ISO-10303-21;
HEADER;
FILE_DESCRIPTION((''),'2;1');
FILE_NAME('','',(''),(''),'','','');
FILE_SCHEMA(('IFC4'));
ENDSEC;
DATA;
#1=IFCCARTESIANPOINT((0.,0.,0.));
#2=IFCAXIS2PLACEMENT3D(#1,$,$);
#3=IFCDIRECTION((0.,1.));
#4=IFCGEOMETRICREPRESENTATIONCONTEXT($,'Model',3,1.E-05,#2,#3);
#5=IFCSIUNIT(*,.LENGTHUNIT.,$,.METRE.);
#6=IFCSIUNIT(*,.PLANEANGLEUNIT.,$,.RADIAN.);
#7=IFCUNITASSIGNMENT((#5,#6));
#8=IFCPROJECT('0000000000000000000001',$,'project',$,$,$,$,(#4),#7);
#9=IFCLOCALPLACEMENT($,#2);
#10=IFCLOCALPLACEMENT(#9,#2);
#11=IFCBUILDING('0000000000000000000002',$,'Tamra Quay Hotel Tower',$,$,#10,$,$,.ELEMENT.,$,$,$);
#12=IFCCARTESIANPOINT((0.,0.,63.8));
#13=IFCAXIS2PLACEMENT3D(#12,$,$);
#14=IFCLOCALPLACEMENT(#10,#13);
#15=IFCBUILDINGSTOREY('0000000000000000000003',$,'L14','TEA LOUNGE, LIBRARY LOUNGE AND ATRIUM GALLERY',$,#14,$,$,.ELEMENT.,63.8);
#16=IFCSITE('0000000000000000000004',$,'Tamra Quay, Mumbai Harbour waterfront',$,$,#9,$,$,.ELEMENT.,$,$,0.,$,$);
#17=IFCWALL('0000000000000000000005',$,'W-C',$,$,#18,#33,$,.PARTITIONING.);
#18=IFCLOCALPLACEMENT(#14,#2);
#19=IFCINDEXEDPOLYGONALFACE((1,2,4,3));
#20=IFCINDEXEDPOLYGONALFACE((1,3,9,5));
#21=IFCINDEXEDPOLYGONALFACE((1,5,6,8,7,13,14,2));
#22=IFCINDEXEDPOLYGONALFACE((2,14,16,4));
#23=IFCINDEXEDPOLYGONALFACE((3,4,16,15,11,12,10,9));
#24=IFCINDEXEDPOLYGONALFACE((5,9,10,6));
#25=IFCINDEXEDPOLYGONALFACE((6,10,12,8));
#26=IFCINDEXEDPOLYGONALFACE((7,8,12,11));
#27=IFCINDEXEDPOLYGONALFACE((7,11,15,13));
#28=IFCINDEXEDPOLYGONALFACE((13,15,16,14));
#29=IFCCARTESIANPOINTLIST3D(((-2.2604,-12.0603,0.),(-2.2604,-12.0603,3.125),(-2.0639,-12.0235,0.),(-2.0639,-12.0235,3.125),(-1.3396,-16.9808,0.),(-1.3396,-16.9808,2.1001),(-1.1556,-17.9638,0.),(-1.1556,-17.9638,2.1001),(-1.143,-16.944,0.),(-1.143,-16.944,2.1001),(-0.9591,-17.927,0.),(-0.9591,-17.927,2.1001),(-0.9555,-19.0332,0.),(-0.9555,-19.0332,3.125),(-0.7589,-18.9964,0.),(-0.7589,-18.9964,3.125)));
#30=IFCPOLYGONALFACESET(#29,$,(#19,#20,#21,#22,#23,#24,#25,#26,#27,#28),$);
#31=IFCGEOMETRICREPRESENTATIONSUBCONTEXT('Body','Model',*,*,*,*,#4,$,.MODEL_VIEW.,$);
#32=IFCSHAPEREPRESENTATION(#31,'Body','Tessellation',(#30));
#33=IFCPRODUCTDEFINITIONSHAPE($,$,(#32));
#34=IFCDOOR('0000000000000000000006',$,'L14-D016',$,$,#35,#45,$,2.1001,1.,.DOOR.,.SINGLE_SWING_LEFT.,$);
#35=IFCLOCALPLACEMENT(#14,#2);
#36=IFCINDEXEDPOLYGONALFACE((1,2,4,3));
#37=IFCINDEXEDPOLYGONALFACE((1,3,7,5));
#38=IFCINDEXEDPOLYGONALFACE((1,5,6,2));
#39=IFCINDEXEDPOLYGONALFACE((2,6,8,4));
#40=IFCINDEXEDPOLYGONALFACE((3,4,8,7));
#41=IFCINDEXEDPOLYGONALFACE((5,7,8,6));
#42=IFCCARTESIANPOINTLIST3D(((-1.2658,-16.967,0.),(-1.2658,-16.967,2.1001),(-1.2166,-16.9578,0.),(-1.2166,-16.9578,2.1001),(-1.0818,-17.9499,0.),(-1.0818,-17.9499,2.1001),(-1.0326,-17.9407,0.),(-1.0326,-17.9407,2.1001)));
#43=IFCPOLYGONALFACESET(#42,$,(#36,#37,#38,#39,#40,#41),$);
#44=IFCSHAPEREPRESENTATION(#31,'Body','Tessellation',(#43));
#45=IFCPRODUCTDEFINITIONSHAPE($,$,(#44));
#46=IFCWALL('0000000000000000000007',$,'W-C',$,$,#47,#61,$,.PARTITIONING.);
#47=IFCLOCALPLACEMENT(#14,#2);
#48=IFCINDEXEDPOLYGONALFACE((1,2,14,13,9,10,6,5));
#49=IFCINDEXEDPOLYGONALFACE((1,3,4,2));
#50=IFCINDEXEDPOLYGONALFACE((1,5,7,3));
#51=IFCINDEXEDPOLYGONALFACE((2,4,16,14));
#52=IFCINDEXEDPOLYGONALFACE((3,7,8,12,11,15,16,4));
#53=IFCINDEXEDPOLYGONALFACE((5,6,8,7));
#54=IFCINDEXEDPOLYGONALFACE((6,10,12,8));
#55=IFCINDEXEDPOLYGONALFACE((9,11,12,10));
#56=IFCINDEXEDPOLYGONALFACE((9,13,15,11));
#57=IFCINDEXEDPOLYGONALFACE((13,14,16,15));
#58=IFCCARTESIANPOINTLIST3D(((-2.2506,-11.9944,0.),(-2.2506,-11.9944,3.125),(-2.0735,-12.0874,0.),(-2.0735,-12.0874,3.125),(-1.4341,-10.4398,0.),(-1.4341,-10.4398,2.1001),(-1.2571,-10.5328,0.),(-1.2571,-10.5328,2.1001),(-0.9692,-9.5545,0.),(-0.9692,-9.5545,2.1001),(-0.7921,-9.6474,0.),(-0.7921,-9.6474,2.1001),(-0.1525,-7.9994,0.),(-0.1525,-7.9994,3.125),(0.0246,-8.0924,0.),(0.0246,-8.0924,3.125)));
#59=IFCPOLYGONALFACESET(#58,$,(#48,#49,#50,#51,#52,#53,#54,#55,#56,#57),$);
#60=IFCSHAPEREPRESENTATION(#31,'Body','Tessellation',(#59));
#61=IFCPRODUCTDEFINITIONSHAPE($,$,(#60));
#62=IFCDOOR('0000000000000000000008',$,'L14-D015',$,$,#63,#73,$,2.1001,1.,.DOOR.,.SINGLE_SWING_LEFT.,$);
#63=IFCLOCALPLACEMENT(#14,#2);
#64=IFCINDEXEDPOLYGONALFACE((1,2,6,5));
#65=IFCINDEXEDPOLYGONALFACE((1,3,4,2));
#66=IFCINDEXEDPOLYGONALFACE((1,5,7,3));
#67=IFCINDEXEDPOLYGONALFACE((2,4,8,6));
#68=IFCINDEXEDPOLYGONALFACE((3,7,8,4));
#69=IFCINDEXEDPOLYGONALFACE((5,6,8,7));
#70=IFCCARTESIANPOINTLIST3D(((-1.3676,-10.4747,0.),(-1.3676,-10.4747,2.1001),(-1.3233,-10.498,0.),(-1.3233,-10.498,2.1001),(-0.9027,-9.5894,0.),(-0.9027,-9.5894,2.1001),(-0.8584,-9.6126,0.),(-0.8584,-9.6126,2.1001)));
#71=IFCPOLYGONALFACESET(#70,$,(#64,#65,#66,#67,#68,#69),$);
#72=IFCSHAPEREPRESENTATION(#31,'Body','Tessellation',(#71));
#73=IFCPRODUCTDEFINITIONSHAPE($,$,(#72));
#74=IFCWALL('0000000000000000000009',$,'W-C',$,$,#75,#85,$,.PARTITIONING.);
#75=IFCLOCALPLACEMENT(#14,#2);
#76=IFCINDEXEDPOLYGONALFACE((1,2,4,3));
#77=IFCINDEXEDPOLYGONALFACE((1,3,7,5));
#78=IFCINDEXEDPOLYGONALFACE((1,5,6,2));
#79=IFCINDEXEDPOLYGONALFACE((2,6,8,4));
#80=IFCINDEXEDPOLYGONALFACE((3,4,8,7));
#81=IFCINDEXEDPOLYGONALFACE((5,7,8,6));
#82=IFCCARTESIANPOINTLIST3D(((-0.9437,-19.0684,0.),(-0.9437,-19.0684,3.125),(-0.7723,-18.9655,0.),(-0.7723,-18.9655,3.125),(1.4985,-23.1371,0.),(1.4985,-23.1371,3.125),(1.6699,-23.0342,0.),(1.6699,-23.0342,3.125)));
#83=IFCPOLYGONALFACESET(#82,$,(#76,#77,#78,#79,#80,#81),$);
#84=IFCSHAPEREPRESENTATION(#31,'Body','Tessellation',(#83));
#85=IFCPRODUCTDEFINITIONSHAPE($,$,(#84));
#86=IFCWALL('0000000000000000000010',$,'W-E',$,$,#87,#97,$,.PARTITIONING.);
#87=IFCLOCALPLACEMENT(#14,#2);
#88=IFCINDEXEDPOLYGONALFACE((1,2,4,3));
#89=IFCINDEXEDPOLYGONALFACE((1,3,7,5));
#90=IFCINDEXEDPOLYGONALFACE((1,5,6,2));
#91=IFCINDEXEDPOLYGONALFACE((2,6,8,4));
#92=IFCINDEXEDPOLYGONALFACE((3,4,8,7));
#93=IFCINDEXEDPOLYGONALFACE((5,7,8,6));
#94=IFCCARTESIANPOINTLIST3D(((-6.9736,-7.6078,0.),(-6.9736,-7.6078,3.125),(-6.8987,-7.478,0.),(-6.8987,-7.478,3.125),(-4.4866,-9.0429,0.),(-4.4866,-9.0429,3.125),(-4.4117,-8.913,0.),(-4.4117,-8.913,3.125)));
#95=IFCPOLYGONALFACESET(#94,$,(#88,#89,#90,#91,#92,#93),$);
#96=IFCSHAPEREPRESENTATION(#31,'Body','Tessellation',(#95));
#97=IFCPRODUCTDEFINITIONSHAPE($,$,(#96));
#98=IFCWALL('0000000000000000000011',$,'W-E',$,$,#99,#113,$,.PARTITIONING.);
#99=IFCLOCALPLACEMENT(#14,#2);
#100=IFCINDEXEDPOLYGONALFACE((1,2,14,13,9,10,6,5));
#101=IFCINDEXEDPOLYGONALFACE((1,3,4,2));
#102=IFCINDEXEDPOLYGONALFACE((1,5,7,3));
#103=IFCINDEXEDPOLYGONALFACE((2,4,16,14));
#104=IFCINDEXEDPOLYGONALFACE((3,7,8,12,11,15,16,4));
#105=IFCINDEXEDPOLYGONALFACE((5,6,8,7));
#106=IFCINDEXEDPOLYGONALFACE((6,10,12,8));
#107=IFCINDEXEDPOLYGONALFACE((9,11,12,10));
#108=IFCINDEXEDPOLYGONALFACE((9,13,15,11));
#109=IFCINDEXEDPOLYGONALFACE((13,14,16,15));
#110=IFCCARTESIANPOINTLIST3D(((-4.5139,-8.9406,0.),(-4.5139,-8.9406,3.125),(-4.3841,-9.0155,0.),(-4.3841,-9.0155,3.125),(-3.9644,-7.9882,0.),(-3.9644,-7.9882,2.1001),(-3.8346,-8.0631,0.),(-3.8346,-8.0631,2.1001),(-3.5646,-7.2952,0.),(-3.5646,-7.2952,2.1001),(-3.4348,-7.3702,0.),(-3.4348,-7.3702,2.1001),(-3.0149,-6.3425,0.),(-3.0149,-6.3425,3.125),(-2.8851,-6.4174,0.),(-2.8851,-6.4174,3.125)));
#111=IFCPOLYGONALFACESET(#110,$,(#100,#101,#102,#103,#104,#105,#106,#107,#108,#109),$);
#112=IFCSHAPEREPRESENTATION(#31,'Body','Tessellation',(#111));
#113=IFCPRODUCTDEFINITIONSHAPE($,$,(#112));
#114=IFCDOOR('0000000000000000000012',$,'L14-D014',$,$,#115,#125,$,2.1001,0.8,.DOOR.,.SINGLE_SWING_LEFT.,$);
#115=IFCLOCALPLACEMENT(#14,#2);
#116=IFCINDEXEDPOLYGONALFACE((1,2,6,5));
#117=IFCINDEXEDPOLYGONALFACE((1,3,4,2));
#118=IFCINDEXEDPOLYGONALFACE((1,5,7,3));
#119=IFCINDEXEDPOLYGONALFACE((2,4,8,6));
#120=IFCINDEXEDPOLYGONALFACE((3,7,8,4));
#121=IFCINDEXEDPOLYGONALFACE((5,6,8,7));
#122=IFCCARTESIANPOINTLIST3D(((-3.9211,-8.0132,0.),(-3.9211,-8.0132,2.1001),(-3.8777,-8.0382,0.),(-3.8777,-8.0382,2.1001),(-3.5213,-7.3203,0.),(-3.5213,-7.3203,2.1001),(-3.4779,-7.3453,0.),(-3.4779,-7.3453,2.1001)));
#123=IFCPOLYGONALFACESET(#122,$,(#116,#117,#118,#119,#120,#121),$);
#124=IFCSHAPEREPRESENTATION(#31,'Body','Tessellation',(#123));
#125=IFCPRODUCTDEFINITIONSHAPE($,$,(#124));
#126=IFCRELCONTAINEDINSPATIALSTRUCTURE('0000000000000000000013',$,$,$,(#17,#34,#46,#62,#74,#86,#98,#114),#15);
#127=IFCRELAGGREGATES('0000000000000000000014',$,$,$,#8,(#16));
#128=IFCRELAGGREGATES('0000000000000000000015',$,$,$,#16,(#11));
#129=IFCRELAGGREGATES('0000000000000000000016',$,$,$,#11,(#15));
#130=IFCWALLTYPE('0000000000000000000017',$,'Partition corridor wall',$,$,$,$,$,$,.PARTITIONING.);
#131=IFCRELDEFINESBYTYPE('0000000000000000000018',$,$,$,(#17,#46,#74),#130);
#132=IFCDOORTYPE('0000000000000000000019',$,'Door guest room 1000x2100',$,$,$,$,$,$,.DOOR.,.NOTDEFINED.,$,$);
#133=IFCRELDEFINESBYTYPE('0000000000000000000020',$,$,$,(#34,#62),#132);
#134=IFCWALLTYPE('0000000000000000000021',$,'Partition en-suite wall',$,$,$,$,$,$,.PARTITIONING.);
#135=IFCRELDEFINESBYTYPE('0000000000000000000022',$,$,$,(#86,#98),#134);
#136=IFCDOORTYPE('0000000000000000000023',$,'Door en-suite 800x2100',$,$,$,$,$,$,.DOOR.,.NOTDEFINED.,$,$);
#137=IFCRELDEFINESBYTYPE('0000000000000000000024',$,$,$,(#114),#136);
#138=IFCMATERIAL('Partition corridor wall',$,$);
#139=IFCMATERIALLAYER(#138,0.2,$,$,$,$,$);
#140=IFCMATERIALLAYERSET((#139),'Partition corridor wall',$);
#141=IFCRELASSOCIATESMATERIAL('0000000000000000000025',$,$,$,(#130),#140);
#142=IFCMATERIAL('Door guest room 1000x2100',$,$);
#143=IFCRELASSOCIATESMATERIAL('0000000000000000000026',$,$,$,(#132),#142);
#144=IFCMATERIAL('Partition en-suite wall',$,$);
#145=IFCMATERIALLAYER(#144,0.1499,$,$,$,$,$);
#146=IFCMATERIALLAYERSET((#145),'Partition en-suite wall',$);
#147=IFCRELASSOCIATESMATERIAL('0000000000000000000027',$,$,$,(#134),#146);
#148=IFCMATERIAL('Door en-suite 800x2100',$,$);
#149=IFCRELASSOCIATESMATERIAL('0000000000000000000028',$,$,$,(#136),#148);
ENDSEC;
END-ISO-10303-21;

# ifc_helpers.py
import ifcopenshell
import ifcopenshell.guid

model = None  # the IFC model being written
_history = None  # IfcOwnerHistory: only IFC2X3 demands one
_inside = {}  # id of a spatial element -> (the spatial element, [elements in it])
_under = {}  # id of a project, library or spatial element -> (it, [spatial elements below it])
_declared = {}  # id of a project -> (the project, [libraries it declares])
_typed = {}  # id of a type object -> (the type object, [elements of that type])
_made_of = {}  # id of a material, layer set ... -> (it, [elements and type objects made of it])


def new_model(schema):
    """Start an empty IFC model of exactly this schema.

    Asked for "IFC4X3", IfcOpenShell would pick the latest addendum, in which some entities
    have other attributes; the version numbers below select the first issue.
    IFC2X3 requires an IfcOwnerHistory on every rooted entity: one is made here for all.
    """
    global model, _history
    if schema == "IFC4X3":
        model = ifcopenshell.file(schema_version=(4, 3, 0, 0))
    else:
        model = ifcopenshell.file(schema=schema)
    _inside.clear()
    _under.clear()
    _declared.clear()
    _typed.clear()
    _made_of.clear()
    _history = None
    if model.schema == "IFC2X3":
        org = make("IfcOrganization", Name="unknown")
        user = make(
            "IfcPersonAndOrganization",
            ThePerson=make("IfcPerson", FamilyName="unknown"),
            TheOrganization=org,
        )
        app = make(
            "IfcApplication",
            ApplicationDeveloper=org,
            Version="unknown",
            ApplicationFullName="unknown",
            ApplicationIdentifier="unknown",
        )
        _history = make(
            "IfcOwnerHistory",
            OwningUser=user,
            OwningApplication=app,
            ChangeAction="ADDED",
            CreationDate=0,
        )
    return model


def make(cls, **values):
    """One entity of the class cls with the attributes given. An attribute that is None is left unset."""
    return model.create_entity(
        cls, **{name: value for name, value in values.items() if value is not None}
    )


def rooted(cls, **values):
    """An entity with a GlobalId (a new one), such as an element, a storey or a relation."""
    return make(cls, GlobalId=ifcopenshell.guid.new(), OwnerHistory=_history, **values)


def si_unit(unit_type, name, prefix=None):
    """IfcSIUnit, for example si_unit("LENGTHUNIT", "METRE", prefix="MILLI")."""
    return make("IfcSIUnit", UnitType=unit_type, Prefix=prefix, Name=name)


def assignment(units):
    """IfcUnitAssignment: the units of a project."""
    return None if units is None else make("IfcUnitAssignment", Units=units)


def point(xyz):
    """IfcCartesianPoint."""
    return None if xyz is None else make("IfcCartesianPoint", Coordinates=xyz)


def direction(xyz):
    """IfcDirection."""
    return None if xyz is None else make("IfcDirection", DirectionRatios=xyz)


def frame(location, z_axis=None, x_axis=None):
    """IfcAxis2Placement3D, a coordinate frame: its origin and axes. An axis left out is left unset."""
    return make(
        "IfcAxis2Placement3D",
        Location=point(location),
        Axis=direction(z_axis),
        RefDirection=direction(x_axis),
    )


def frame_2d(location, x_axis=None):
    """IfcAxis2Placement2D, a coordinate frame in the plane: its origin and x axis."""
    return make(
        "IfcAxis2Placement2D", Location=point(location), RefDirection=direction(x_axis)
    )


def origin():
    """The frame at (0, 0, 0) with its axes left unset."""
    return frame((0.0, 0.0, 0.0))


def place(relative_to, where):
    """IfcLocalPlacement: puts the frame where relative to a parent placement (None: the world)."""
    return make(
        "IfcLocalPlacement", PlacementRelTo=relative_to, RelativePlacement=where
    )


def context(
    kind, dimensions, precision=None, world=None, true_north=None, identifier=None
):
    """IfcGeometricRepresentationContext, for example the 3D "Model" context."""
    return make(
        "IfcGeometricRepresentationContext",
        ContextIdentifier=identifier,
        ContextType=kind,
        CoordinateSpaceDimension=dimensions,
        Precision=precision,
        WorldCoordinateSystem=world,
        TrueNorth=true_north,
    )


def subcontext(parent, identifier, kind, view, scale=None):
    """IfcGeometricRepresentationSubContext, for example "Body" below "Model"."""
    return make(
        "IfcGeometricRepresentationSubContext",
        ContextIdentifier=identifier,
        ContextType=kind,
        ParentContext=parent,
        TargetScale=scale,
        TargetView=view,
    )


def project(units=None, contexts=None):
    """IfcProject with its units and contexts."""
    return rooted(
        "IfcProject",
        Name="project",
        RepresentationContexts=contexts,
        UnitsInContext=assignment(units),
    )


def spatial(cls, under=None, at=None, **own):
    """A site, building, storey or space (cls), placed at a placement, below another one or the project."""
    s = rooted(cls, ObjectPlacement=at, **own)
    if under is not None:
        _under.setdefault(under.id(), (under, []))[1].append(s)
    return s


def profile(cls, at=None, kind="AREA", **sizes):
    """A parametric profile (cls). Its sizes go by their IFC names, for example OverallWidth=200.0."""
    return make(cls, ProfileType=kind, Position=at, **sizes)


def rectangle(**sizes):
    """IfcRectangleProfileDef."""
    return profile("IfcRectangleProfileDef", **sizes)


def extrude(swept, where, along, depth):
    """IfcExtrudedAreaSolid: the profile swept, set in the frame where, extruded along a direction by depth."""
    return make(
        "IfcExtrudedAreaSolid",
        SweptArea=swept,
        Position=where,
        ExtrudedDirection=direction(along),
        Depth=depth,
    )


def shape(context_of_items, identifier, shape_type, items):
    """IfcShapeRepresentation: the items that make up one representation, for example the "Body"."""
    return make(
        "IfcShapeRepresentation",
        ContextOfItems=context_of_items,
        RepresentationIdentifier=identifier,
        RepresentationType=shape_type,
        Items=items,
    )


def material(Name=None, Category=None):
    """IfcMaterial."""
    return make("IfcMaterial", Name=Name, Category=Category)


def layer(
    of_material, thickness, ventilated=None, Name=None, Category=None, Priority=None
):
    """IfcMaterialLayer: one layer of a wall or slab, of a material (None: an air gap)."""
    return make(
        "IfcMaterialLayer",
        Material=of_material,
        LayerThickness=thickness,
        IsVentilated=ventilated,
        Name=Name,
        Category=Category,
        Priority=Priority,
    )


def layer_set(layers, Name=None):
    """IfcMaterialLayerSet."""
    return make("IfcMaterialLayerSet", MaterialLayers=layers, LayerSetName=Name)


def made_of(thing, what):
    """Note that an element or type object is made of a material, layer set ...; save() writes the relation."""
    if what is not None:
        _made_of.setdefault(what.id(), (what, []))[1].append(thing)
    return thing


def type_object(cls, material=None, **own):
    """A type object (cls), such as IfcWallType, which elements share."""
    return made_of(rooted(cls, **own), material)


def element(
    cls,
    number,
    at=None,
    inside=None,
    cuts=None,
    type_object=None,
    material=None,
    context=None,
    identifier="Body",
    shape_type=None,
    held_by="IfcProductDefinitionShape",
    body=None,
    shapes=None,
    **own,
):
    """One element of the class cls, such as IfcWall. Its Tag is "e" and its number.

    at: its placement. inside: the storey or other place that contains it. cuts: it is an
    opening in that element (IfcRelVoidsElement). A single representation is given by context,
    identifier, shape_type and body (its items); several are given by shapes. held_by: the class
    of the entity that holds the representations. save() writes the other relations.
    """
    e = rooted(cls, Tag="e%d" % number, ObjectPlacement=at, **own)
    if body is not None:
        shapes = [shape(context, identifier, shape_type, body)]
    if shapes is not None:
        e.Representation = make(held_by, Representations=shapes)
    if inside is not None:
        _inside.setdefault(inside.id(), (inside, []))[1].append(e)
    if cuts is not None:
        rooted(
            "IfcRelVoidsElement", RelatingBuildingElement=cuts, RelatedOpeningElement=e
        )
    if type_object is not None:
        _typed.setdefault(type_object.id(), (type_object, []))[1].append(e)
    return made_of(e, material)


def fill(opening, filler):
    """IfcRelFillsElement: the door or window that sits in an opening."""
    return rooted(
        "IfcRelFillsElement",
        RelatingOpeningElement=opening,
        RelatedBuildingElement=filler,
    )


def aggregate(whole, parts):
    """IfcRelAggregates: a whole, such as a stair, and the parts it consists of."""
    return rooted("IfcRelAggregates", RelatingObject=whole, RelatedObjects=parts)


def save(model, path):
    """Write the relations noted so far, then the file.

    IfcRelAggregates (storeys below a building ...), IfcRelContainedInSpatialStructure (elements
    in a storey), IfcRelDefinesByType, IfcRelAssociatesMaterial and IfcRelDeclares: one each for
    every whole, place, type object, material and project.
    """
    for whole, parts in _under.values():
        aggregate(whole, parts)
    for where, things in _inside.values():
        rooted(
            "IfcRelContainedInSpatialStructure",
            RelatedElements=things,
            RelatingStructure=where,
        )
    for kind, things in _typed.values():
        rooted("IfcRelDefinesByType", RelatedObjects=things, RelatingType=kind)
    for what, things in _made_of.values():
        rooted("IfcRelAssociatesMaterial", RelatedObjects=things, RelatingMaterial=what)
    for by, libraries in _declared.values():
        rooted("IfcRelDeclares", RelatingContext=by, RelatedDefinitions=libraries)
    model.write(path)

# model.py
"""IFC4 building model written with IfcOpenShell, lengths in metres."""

from ifc_helpers import new_model, si_unit, direction, frame, frame_2d, origin, place, context, subcontext, project, spatial, rectangle, extrude, material, layer, layer_set, type_object, element, fill, save


model = new_model("IFC4")

# Units and contexts
model_context = context("Model", 3, precision=1e-05, world=origin(), true_north=direction((0.0, 1.0)))
body_context = subcontext(model_context, "Body", "Model", "MODEL_VIEW")
ifc_project = project(units=[si_unit("LENGTHUNIT", "METRE"), si_unit("PLANEANGLEUNIT", "RADIAN")], contexts=[model_context])

# Site, building, storey
site_placement = place(None, origin())
site = spatial("IfcSite", under=ifc_project, at=site_placement, Name="Tamra Quay, Mumbai Harbour waterfront", CompositionType="ELEMENT", RefElevation=0.0)
building_placement = place(site_placement, origin())
building = spatial("IfcBuilding", under=site, at=building_placement, Name="Tamra Quay Hotel Tower", CompositionType="ELEMENT")
storey_placement = place(building_placement, frame((0.0, 0.0, 63.8)))
storey = spatial("IfcBuildingStorey", under=building, at=storey_placement, Name="L14", Description="TEA LOUNGE, LIBRARY LOUNGE AND ATRIUM GALLERY", CompositionType="ELEMENT", Elevation=63.8)

# Walls, openings, doors
ifc_material_1 = material(Name="Partition corridor wall")
ifc_layer_1 = layer(ifc_material_1, 0.2)
ifc_layer_set_1 = layer_set([ifc_layer_1], Name="Partition corridor wall")
wall_type_1 = type_object("IfcWallType", Name="Partition corridor wall", PredefinedType="PARTITIONING", material=ifc_layer_set_1)
wall_1_placement = place(storey_placement, frame((-2.1621, -12.042, 0.0), z_axis=(0.0, 0.0, 1.0), x_axis=(0.18395, -0.982936, 0.0)))
wall_1 = element("IfcWall", 1, at=wall_1_placement, inside=storey, type_object=wall_type_1, Name="W-C", PredefinedType="PARTITIONING", context=body_context, shape_type="SweptSolid", body=[
    extrude(rectangle(XDim=7.094, YDim=0.2, at=frame_2d((3.5469, 0.0))), origin(), (0.0, 0.0, 1.0), 3.125),
])
opening_1_placement = place(wall_1_placement, frame((5.0059, 0.0, 0.0)))
opening_1 = element("IfcOpeningElement", 2, at=opening_1_placement, cuts=wall_1, PredefinedType="OPENING", context=body_context, shape_type="SweptSolid", body=[
    extrude(rectangle(XDim=1.0, YDim=2.1001, at=frame_2d((0.5, 1.05))), frame((0.0, 0.1099, 0.0), z_axis=(0.0, -1.0, 0.0), x_axis=(1.0, 0.0, 0.0)), (0.0, 0.0, 1.0), 0.22),
])
ifc_material_2 = material(Name="Door guest room 1000x2100")
door_type_1 = type_object("IfcDoorType", Name="Door guest room 1000x2100", OperationType="NOTDEFINED", PredefinedType="DOOR", material=ifc_material_2)
door_1_placement = place(opening_1_placement, frame((1.0, 0.0, 0.0), z_axis=(0.0, 0.0, 1.0), x_axis=(-1.0, 0.0, 0.0)))
door_1 = element("IfcDoor", 3, at=door_1_placement, inside=storey, type_object=door_type_1, Name="L14-D016", OperationType="SINGLE_SWING_LEFT", OverallHeight=2.1001, OverallWidth=1.0, PredefinedType="DOOR", context=body_context, shape_type="SweptSolid", body=[
    extrude(rectangle(XDim=1.0, YDim=2.1001, at=frame_2d((0.5, 1.05))), frame((0.0, 0.0249, 0.0), z_axis=(0.0, -1.0, 0.0), x_axis=(1.0, 0.0, 0.0)), (0.0, 0.0, 1.0), 0.05),
])
fill(opening_1, door_1)
wall_2_placement = place(storey_placement, frame((-2.1621, -12.041, 0.0), z_axis=(0.0, 0.0, 1.0), x_axis=(0.464957, 0.885333, 0.0)))
wall_2 = element("IfcWall", 4, at=wall_2_placement, inside=storey, type_object=wall_type_1, Name="W-C", PredefinedType="PARTITIONING", context=body_context, shape_type="SweptSolid", body=[
    extrude(rectangle(XDim=4.5125, YDim=0.2, at=frame_2d((2.2563, 0.0))), origin(), (0.0, 0.0, 1.0), 3.125),
])
opening_2_placement = place(wall_2_placement, frame((1.7561, 0.0, 0.0)))
opening_2 = element("IfcOpeningElement", 5, at=opening_2_placement, cuts=wall_2, PredefinedType="OPENING", context=body_context, shape_type="SweptSolid", body=[
    extrude(rectangle(XDim=1.0, YDim=2.1001, at=frame_2d((0.5, 1.05))), frame((0.0, 0.1099, 0.0), z_axis=(0.0, -1.0, 0.0), x_axis=(1.0, 0.0, 0.0)), (0.0, 0.0, 1.0), 0.22),
])
door_2_placement = place(opening_2_placement, origin())
door_2 = element("IfcDoor", 6, at=door_2_placement, inside=storey, type_object=door_type_1, Name="L14-D015", OperationType="SINGLE_SWING_LEFT", OverallHeight=2.1001, OverallWidth=1.0, PredefinedType="DOOR", context=body_context, shape_type="SweptSolid", body=[
    extrude(rectangle(XDim=1.0, YDim=2.1001, at=frame_2d((0.5, 1.05))), frame((0.0, 0.0249, 0.0), z_axis=(0.0, -1.0, 0.0), x_axis=(1.0, 0.0, 0.0)), (0.0, 0.0, 1.0), 0.05),
])
fill(opening_2, door_2)

# Walls
wall_3_placement = place(storey_placement, frame((-0.8579, -19.0171, 0.0), z_axis=(0.0, 0.0, 1.0), x_axis=(0.514647, -0.857402, 0.0)))
element("IfcWall", 7, at=wall_3_placement, inside=storey, type_object=wall_type_1, Name="W-C", PredefinedType="PARTITIONING", context=body_context, shape_type="SweptSolid", body=[
    extrude(rectangle(XDim=4.7454, YDim=0.2, at=frame_2d((2.3726, 0.0))), origin(), (0.0, 0.0, 1.0), 3.125),
])
ifc_material_3 = material(Name="Partition en-suite wall")
ifc_layer_2 = layer(ifc_material_3, 0.1499)
ifc_layer_set_2 = layer_set([ifc_layer_2], Name="Partition en-suite wall")
wall_type_2 = type_object("IfcWallType", Name="Partition en-suite wall", PredefinedType="PARTITIONING", material=ifc_layer_set_2)
wall_4_placement = place(storey_placement, frame((-6.936, -7.543, 0.0), z_axis=(0.0, 0.0, 1.0), x_axis=(0.866153, -0.499779, 0.0)))
element("IfcWall", 8, at=wall_4_placement, inside=storey, type_object=wall_type_2, Name="W-E", PredefinedType="PARTITIONING", context=body_context, shape_type="SweptSolid", body=[
    extrude(rectangle(XDim=2.8713, YDim=0.1499, at=frame_2d((1.4355, 0.0))), origin(), (0.0, 0.0, 1.0), 3.125),
])

# Wall, opening, door
wall_5_placement = place(storey_placement, frame((-4.449, -8.978, 0.0), z_axis=(0.0, 0.0, 1.0), x_axis=(0.499746, 0.866172, 0.0)))
wall_5 = element("IfcWall", 9, at=wall_5_placement, inside=storey, type_object=wall_type_2, Name="W-E", PredefinedType="PARTITIONING", context=body_context, shape_type="SweptSolid", body=[
    extrude(rectangle(XDim=2.9995, YDim=0.1499, at=frame_2d((1.4998, 0.0))), origin(), (0.0, 0.0, 1.0), 3.125),
])
opening_3_placement = place(wall_5_placement, frame((1.0996, 0.0, 0.0)))
opening_3 = element("IfcOpeningElement", 10, at=opening_3_placement, cuts=wall_5, PredefinedType="OPENING", context=body_context, shape_type="SweptSolid", body=[
    extrude(rectangle(XDim=0.8, YDim=2.1001, at=frame_2d((0.3999, 1.05))), frame((0.0, 0.085, 0.0), z_axis=(0.0, -1.0, 0.0), x_axis=(1.0, 0.0, 0.0)), (0.0, 0.0, 1.0), 0.1699),
])
ifc_material_4 = material(Name="Door en-suite 800x2100")
door_type_2 = type_object("IfcDoorType", Name="Door en-suite 800x2100", OperationType="NOTDEFINED", PredefinedType="DOOR", material=ifc_material_4)
door_3_placement = place(opening_3_placement, origin())
door_3 = element("IfcDoor", 11, at=door_3_placement, inside=storey, type_object=door_type_2, Name="L14-D014", OperationType="SINGLE_SWING_LEFT", OverallHeight=2.1001, OverallWidth=0.8, PredefinedType="DOOR", context=body_context, shape_type="SweptSolid", body=[
    extrude(rectangle(XDim=0.8, YDim=2.1001, at=frame_2d((0.3999, 1.05))), frame((0.0, 0.0249, 0.0), z_axis=(0.0, -1.0, 0.0), x_axis=(1.0, 0.0, 0.0)), (0.0, 0.0, 1.0), 0.05),
])
fill(opening_3, door_3)

save(model, "model.ifc")
